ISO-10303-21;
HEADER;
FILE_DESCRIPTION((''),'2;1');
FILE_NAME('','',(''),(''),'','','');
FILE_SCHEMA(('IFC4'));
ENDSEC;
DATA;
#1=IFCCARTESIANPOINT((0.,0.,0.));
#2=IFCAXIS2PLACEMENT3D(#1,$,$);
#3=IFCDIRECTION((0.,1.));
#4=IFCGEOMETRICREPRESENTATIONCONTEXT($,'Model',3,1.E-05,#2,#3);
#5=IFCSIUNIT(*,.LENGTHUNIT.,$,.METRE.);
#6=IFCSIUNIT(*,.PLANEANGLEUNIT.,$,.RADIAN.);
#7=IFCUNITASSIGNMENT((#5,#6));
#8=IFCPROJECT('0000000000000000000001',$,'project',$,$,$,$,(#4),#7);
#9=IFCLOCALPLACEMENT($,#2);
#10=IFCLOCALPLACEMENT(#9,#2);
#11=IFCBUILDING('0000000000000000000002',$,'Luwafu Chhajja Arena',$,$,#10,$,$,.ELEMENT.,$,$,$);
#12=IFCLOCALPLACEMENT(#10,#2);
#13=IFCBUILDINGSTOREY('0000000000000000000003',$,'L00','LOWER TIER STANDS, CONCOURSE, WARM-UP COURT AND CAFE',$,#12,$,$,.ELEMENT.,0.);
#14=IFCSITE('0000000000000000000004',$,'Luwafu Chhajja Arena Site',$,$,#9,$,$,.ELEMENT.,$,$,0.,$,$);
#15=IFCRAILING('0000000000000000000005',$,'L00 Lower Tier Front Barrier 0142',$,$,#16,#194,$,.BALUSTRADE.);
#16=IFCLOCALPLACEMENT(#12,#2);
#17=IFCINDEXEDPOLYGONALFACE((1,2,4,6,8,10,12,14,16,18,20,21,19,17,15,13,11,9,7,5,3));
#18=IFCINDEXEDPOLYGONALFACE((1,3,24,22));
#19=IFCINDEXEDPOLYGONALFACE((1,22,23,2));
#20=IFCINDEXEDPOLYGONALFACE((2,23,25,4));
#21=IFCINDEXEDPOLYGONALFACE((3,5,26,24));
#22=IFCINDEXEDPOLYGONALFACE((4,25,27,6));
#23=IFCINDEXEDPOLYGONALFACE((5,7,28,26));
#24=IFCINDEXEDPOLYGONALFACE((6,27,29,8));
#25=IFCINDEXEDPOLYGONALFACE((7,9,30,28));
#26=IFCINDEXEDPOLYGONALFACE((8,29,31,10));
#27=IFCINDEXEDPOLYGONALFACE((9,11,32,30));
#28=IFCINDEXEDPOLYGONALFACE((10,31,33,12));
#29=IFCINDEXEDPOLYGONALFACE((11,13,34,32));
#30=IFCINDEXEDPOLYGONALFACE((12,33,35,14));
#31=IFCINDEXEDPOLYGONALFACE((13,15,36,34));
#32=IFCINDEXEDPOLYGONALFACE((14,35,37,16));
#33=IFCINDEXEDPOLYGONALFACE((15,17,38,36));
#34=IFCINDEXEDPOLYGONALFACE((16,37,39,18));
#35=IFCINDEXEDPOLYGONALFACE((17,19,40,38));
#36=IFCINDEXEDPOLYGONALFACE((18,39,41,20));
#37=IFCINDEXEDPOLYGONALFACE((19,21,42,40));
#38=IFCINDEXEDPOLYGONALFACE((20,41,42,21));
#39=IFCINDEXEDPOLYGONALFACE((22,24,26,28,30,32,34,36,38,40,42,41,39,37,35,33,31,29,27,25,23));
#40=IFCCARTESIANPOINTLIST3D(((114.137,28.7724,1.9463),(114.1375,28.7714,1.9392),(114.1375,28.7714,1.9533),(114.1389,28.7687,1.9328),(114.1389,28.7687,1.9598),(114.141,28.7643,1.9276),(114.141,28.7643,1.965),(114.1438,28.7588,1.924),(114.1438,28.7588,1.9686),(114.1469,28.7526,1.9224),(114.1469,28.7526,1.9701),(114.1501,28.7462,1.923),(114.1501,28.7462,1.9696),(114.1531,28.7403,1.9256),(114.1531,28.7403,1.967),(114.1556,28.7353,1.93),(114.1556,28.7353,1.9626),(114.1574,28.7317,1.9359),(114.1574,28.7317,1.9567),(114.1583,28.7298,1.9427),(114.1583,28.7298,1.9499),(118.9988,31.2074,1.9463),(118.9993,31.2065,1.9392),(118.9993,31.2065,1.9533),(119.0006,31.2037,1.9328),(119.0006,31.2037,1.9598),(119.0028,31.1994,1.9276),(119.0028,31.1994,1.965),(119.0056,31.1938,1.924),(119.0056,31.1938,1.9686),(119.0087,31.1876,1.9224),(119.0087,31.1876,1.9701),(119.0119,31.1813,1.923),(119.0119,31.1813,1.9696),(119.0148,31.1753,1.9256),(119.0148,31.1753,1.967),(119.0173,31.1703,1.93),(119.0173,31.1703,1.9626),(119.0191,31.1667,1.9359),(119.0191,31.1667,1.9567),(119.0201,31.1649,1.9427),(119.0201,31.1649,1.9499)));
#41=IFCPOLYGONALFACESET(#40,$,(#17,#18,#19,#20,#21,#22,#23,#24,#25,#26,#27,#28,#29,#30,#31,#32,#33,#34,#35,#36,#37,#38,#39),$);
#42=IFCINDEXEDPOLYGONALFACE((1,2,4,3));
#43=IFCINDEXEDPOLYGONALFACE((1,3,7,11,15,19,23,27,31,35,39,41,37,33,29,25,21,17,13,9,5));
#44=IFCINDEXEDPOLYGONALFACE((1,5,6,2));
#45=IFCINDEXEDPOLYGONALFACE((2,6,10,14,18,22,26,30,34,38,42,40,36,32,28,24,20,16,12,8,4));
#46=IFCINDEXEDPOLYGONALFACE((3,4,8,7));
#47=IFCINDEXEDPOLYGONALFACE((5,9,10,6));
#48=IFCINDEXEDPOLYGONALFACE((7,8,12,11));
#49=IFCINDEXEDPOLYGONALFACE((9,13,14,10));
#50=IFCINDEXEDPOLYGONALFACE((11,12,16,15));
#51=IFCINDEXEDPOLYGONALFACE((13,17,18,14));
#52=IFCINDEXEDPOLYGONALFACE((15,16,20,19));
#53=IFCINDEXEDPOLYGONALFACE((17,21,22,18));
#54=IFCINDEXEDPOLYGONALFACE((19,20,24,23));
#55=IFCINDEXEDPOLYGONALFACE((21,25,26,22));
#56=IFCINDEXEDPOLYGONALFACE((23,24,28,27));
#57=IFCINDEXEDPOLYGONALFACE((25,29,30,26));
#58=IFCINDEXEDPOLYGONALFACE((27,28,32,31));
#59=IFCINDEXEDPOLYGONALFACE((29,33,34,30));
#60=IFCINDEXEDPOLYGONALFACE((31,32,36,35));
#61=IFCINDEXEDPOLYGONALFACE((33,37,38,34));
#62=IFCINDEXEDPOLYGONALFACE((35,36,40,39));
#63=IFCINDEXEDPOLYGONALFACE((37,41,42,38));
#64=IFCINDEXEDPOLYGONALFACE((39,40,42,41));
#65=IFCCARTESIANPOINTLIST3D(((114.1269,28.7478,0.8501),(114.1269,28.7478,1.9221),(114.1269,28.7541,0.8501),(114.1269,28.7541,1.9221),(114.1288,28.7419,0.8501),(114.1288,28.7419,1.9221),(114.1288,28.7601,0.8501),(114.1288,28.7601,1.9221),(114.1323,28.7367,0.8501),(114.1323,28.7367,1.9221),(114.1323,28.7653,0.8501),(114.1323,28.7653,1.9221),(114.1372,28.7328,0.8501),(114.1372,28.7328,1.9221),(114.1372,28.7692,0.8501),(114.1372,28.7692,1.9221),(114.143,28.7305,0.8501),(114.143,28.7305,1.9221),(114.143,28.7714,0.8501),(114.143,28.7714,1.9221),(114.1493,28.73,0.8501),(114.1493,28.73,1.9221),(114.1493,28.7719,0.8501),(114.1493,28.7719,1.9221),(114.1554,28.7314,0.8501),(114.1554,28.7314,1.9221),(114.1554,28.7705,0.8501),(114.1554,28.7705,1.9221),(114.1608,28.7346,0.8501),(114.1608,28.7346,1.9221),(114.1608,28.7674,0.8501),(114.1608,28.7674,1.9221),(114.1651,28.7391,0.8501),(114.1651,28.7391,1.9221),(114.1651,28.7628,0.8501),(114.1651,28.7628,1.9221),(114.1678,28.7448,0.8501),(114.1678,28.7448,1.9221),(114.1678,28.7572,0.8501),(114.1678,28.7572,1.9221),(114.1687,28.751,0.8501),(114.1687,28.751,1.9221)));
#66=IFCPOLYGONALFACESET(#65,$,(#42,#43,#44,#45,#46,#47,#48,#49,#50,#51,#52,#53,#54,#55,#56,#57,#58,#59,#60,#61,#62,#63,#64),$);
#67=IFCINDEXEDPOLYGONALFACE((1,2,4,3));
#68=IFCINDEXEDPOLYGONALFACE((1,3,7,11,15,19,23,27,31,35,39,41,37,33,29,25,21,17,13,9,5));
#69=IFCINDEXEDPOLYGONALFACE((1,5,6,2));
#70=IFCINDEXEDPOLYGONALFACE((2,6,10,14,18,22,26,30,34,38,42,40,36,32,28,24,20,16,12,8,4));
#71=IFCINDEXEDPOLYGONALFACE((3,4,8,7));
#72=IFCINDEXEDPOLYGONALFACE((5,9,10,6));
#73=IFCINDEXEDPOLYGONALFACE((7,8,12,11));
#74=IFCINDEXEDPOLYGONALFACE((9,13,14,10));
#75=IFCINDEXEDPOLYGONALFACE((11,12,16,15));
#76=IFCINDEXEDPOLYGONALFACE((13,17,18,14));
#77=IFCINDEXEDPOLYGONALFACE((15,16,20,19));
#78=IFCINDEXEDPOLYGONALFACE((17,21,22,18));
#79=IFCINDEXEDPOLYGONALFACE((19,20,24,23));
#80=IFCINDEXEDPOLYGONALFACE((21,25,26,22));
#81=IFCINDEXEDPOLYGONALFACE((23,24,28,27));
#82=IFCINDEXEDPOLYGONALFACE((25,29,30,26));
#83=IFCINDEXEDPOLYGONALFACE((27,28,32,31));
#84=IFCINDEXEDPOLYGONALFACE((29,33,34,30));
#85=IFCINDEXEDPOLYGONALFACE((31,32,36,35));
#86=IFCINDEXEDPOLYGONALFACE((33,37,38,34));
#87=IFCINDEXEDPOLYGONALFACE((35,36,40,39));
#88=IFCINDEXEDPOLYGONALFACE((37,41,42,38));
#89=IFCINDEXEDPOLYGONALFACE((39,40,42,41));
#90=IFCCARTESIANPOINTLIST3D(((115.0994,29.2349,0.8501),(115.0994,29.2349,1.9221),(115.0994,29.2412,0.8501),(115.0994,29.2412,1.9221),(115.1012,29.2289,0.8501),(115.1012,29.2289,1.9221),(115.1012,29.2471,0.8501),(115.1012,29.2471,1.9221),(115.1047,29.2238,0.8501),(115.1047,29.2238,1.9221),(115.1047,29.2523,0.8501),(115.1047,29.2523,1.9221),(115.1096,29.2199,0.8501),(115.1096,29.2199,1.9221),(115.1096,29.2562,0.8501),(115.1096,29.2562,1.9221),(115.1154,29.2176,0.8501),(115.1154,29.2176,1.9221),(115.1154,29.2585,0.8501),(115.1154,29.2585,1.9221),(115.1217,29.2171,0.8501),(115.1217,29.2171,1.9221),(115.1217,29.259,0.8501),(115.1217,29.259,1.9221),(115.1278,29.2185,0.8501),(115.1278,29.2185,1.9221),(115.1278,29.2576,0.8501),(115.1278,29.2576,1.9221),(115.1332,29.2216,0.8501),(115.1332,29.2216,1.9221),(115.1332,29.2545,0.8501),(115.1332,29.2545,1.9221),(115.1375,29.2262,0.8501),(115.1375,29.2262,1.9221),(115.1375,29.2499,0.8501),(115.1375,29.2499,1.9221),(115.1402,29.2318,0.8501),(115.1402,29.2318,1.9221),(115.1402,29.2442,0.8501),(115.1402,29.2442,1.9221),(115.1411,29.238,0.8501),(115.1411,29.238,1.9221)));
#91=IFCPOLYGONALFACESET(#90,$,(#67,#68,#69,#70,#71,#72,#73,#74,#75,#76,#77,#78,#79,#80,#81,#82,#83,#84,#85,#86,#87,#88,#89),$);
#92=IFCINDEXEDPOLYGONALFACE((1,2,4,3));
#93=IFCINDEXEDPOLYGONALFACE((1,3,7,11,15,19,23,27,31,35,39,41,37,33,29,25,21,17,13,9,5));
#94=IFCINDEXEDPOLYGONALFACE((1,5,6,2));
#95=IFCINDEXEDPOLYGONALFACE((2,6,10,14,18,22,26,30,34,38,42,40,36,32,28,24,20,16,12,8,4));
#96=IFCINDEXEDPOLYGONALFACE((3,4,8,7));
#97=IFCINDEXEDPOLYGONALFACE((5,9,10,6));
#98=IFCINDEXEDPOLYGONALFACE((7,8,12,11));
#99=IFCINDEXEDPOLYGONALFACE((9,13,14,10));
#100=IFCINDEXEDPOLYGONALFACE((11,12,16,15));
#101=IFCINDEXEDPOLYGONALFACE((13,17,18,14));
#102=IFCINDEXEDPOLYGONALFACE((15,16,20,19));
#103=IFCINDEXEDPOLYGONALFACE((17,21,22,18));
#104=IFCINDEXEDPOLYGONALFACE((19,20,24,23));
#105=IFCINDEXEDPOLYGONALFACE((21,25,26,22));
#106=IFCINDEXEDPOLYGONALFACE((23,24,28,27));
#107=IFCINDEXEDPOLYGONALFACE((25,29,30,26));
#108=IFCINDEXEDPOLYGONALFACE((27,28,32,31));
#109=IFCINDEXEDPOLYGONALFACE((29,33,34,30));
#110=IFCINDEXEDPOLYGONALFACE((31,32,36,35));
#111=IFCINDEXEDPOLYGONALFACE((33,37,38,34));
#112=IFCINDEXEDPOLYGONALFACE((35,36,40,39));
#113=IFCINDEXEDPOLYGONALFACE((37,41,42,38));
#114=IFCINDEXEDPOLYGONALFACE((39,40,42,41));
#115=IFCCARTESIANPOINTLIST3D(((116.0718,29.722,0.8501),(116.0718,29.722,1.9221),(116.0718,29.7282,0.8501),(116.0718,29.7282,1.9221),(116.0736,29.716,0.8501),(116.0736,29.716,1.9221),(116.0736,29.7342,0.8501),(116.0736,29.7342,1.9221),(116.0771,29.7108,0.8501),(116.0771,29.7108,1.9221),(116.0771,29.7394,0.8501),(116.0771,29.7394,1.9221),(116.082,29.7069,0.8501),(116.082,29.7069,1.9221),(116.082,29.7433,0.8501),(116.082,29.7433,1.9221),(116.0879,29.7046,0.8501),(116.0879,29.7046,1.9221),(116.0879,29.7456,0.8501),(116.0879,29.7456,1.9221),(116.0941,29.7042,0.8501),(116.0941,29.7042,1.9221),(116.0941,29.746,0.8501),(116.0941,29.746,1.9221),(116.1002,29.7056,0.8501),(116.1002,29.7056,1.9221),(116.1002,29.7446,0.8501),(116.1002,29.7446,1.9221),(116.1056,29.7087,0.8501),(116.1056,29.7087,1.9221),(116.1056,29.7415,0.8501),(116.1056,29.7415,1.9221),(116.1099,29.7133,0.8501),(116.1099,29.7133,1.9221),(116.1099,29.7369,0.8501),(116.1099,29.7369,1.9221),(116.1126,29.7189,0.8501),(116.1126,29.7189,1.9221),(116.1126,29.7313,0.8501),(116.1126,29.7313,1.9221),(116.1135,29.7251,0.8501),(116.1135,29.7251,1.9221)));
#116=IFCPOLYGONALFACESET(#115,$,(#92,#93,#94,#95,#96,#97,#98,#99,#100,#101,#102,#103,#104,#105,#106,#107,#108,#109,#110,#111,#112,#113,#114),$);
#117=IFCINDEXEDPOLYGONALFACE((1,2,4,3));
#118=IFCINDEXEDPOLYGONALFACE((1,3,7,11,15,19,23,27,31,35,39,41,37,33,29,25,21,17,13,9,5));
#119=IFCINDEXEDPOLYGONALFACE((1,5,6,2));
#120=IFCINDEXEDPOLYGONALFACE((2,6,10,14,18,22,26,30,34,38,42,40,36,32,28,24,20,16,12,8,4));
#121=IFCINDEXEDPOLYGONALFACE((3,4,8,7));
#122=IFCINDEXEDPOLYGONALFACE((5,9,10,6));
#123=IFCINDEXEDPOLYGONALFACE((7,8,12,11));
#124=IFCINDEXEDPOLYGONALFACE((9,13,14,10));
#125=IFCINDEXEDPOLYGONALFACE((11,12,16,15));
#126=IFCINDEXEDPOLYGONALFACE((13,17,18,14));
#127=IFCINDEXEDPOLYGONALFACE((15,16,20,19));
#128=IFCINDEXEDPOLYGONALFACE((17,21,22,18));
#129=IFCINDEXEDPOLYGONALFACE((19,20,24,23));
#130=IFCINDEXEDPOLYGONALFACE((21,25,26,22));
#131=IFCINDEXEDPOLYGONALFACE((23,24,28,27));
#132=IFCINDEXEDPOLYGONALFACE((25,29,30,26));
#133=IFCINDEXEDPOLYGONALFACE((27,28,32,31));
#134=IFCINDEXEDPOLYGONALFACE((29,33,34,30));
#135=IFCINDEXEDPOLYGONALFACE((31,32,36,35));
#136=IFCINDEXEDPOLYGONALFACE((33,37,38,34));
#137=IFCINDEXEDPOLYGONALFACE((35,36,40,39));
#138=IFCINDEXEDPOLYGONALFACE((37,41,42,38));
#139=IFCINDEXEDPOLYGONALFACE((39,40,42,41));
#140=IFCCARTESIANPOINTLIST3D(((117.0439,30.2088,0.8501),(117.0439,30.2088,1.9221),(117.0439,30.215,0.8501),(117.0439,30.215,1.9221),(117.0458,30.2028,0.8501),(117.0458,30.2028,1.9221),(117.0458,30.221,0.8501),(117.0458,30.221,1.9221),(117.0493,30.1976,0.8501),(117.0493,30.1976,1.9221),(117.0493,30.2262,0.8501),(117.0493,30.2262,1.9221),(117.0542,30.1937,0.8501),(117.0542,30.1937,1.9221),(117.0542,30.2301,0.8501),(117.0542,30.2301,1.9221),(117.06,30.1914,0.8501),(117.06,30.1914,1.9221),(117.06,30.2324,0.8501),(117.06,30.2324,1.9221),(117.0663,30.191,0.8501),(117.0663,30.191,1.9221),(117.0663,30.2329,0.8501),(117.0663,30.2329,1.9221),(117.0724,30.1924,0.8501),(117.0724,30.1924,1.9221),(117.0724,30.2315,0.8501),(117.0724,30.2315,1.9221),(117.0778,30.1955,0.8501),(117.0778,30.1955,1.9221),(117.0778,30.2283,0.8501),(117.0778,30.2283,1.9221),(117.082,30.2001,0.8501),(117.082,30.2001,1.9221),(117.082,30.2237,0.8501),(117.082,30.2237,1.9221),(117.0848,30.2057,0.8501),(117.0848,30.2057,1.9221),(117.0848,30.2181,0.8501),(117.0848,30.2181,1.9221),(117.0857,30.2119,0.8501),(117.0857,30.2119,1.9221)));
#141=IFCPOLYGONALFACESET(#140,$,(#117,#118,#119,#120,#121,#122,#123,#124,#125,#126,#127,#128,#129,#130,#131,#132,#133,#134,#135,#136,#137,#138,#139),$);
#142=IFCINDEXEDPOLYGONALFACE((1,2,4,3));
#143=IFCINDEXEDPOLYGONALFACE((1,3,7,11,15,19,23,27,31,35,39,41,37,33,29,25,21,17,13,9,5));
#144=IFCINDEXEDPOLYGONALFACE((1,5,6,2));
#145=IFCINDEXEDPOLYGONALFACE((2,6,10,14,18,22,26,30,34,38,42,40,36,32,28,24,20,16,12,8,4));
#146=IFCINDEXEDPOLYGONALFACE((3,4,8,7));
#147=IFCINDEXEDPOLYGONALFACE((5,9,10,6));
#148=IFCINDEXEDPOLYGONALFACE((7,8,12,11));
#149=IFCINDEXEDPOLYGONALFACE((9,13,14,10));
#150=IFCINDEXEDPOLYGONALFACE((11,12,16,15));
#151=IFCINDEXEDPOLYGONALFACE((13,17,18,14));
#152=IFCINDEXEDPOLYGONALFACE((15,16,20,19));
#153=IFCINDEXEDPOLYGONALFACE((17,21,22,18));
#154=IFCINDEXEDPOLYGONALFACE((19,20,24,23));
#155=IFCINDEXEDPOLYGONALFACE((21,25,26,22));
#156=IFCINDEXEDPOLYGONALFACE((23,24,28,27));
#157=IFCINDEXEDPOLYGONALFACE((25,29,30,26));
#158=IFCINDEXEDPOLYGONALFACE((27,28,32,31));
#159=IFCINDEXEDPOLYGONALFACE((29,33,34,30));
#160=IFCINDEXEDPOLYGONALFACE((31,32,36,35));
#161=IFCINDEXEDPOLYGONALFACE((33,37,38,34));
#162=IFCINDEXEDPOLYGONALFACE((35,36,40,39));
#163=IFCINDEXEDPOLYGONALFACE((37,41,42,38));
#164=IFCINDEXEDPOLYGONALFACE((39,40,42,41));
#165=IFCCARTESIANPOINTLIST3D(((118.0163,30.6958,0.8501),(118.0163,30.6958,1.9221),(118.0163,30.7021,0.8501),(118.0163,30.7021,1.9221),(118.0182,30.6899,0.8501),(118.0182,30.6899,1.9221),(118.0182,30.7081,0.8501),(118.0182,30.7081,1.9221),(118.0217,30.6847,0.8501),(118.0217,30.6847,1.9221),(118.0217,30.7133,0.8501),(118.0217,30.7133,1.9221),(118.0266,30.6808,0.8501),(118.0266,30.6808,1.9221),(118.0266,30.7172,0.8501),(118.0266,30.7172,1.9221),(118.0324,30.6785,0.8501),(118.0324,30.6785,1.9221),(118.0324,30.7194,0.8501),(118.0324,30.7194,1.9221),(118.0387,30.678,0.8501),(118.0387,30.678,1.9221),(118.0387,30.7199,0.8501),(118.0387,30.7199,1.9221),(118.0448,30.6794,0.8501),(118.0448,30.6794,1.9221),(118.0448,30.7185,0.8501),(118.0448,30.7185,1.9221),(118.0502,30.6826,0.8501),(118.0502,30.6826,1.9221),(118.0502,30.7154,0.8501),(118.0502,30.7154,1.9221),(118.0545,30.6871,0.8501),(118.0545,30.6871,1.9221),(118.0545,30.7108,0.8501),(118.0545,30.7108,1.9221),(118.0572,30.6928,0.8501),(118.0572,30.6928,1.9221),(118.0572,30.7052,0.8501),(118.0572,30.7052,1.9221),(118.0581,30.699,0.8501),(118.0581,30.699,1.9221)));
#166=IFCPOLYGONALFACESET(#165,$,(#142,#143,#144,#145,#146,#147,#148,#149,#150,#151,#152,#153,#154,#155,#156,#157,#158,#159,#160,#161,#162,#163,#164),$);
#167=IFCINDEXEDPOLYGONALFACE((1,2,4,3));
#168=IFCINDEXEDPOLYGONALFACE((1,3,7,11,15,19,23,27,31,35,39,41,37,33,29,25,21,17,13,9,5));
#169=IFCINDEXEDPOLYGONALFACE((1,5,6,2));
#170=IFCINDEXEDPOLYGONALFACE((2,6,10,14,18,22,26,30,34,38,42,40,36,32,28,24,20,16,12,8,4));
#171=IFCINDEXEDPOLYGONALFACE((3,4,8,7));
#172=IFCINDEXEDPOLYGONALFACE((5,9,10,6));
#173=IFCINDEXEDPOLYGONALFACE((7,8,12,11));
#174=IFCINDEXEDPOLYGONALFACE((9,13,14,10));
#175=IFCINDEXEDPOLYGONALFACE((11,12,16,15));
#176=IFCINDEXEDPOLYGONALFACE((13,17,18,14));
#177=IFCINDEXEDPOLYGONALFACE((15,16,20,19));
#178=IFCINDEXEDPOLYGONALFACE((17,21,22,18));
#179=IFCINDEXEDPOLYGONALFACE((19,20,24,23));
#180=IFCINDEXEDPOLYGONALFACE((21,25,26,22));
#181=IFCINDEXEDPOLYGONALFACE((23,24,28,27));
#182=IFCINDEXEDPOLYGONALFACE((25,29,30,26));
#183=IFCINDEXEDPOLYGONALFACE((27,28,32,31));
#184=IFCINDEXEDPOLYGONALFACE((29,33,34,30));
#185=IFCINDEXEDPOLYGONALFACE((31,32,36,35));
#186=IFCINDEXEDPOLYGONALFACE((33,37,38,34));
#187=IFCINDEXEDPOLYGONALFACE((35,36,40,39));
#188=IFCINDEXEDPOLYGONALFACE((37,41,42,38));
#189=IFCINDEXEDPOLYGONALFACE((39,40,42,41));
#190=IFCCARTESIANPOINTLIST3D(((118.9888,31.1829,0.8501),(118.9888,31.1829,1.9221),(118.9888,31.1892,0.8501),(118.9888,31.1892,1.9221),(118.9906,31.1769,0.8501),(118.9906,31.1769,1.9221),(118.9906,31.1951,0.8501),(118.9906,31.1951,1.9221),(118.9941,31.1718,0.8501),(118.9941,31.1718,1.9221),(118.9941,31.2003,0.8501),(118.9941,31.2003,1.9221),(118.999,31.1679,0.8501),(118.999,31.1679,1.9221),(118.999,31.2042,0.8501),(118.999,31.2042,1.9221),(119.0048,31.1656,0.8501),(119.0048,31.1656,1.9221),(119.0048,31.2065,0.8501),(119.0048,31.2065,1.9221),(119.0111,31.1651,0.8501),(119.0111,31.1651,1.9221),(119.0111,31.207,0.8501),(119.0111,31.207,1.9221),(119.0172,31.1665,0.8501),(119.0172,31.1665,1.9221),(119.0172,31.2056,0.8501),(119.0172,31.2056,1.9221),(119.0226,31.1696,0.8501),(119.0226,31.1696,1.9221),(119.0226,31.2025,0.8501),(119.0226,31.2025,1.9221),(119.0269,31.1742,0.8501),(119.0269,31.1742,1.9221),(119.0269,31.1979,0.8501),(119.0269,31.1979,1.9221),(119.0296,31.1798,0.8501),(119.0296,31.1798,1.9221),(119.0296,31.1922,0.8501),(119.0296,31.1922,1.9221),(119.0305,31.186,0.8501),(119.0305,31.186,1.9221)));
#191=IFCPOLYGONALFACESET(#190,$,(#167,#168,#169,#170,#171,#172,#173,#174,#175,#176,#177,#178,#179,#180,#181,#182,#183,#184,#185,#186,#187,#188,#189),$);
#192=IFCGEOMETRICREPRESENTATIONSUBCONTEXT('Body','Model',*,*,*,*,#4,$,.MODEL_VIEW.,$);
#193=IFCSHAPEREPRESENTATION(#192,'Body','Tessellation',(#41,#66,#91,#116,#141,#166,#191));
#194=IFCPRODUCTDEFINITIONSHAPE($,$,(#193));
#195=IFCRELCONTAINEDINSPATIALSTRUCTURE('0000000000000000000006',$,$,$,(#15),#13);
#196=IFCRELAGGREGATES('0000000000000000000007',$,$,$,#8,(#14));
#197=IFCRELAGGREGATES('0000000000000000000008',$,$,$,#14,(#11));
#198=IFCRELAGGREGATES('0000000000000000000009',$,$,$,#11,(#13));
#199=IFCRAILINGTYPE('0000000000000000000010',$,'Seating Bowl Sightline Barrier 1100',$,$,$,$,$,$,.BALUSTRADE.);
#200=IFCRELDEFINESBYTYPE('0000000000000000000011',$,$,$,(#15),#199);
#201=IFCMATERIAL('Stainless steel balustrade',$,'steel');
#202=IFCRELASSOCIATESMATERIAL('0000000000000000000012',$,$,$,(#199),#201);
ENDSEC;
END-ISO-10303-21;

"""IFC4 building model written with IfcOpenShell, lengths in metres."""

from ifc_helpers import new_model, si_unit, direction, frame, origin, origin_2d, place, context, subcontext, project, spatial, circle, extrude, material, type_object, element, save


model = new_model("IFC4")

# Units and contexts
model_context = context("Model", 3, precision=1e-05, world=origin(), true_north=direction((0.0, 1.0)))
body_context = subcontext(model_context, "Body", "Model", "MODEL_VIEW")
ifc_project = project(units=[si_unit("LENGTHUNIT", "METRE"), si_unit("PLANEANGLEUNIT", "RADIAN")], contexts=[model_context])

# Site, building, storey
site_placement = place(None, origin())
site = spatial("IfcSite", under=ifc_project, at=site_placement, Name="Luwafu Chhajja Arena Site", CompositionType="ELEMENT", RefElevation=0.0)
building_placement = place(site_placement, origin())
building = spatial("IfcBuilding", under=site, at=building_placement, Name="Luwafu Chhajja Arena", CompositionType="ELEMENT")
storey_placement = place(building_placement, origin())
storey = spatial("IfcBuildingStorey", under=building, at=storey_placement, Name="L00", Description="LOWER TIER STANDS, CONCOURSE, WARM-UP COURT AND CAFE", CompositionType="ELEMENT", Elevation=0.0)

# Railing
ifc_material_1 = material(Name="Stainless steel balustrade", Category="steel")
railing_type = type_object("IfcRailingType", Name="Seating Bowl Sightline Barrier 1100", PredefinedType="BALUSTRADE", material=ifc_material_1)
railing_1_placement = place(storey_placement, frame((114.1477, 28.751, 0.8501)))
element("IfcRailing", 1, at=railing_1_placement, inside=storey, type_object=railing_type, Name="L00 Lower Tier Front Barrier 0142", PredefinedType="BALUSTRADE", context=body_context, shape_type="SweptSolid", body=[
    extrude(circle(Radius=0.0239, at=origin_2d()), frame((0.0, 0.0, 1.0962), z_axis=(0.894122, 0.447824, 0.0), x_axis=(-0.447824, 0.894122, 0.0)), (0.0, 0.0, 1.0), 5.4375),
    extrude(circle(Radius=0.021, at=origin_2d()), origin(), (0.0, 0.0, 1.0), 1.072),
    extrude(circle(Radius=0.021, at=origin_2d()), frame((0.9724, 0.4871, 0.0)), (0.0, 0.0, 1.0), 1.072),
    extrude(circle(Radius=0.021, at=origin_2d()), frame((1.9448, 0.9741, 0.0)), (0.0, 0.0, 1.0), 1.072),
    extrude(circle(Radius=0.021, at=origin_2d()), frame((2.917, 1.4609, 0.0)), (0.0, 0.0, 1.0), 1.072),
    extrude(circle(Radius=0.021, at=origin_2d()), frame((3.8894, 1.948, 0.0)), (0.0, 0.0, 1.0), 1.072),
    extrude(circle(Radius=0.021, at=origin_2d()), frame((4.8618, 2.4351, 0.0)), (0.0, 0.0, 1.0), 1.072),
])

save(model, "model.ifc")
